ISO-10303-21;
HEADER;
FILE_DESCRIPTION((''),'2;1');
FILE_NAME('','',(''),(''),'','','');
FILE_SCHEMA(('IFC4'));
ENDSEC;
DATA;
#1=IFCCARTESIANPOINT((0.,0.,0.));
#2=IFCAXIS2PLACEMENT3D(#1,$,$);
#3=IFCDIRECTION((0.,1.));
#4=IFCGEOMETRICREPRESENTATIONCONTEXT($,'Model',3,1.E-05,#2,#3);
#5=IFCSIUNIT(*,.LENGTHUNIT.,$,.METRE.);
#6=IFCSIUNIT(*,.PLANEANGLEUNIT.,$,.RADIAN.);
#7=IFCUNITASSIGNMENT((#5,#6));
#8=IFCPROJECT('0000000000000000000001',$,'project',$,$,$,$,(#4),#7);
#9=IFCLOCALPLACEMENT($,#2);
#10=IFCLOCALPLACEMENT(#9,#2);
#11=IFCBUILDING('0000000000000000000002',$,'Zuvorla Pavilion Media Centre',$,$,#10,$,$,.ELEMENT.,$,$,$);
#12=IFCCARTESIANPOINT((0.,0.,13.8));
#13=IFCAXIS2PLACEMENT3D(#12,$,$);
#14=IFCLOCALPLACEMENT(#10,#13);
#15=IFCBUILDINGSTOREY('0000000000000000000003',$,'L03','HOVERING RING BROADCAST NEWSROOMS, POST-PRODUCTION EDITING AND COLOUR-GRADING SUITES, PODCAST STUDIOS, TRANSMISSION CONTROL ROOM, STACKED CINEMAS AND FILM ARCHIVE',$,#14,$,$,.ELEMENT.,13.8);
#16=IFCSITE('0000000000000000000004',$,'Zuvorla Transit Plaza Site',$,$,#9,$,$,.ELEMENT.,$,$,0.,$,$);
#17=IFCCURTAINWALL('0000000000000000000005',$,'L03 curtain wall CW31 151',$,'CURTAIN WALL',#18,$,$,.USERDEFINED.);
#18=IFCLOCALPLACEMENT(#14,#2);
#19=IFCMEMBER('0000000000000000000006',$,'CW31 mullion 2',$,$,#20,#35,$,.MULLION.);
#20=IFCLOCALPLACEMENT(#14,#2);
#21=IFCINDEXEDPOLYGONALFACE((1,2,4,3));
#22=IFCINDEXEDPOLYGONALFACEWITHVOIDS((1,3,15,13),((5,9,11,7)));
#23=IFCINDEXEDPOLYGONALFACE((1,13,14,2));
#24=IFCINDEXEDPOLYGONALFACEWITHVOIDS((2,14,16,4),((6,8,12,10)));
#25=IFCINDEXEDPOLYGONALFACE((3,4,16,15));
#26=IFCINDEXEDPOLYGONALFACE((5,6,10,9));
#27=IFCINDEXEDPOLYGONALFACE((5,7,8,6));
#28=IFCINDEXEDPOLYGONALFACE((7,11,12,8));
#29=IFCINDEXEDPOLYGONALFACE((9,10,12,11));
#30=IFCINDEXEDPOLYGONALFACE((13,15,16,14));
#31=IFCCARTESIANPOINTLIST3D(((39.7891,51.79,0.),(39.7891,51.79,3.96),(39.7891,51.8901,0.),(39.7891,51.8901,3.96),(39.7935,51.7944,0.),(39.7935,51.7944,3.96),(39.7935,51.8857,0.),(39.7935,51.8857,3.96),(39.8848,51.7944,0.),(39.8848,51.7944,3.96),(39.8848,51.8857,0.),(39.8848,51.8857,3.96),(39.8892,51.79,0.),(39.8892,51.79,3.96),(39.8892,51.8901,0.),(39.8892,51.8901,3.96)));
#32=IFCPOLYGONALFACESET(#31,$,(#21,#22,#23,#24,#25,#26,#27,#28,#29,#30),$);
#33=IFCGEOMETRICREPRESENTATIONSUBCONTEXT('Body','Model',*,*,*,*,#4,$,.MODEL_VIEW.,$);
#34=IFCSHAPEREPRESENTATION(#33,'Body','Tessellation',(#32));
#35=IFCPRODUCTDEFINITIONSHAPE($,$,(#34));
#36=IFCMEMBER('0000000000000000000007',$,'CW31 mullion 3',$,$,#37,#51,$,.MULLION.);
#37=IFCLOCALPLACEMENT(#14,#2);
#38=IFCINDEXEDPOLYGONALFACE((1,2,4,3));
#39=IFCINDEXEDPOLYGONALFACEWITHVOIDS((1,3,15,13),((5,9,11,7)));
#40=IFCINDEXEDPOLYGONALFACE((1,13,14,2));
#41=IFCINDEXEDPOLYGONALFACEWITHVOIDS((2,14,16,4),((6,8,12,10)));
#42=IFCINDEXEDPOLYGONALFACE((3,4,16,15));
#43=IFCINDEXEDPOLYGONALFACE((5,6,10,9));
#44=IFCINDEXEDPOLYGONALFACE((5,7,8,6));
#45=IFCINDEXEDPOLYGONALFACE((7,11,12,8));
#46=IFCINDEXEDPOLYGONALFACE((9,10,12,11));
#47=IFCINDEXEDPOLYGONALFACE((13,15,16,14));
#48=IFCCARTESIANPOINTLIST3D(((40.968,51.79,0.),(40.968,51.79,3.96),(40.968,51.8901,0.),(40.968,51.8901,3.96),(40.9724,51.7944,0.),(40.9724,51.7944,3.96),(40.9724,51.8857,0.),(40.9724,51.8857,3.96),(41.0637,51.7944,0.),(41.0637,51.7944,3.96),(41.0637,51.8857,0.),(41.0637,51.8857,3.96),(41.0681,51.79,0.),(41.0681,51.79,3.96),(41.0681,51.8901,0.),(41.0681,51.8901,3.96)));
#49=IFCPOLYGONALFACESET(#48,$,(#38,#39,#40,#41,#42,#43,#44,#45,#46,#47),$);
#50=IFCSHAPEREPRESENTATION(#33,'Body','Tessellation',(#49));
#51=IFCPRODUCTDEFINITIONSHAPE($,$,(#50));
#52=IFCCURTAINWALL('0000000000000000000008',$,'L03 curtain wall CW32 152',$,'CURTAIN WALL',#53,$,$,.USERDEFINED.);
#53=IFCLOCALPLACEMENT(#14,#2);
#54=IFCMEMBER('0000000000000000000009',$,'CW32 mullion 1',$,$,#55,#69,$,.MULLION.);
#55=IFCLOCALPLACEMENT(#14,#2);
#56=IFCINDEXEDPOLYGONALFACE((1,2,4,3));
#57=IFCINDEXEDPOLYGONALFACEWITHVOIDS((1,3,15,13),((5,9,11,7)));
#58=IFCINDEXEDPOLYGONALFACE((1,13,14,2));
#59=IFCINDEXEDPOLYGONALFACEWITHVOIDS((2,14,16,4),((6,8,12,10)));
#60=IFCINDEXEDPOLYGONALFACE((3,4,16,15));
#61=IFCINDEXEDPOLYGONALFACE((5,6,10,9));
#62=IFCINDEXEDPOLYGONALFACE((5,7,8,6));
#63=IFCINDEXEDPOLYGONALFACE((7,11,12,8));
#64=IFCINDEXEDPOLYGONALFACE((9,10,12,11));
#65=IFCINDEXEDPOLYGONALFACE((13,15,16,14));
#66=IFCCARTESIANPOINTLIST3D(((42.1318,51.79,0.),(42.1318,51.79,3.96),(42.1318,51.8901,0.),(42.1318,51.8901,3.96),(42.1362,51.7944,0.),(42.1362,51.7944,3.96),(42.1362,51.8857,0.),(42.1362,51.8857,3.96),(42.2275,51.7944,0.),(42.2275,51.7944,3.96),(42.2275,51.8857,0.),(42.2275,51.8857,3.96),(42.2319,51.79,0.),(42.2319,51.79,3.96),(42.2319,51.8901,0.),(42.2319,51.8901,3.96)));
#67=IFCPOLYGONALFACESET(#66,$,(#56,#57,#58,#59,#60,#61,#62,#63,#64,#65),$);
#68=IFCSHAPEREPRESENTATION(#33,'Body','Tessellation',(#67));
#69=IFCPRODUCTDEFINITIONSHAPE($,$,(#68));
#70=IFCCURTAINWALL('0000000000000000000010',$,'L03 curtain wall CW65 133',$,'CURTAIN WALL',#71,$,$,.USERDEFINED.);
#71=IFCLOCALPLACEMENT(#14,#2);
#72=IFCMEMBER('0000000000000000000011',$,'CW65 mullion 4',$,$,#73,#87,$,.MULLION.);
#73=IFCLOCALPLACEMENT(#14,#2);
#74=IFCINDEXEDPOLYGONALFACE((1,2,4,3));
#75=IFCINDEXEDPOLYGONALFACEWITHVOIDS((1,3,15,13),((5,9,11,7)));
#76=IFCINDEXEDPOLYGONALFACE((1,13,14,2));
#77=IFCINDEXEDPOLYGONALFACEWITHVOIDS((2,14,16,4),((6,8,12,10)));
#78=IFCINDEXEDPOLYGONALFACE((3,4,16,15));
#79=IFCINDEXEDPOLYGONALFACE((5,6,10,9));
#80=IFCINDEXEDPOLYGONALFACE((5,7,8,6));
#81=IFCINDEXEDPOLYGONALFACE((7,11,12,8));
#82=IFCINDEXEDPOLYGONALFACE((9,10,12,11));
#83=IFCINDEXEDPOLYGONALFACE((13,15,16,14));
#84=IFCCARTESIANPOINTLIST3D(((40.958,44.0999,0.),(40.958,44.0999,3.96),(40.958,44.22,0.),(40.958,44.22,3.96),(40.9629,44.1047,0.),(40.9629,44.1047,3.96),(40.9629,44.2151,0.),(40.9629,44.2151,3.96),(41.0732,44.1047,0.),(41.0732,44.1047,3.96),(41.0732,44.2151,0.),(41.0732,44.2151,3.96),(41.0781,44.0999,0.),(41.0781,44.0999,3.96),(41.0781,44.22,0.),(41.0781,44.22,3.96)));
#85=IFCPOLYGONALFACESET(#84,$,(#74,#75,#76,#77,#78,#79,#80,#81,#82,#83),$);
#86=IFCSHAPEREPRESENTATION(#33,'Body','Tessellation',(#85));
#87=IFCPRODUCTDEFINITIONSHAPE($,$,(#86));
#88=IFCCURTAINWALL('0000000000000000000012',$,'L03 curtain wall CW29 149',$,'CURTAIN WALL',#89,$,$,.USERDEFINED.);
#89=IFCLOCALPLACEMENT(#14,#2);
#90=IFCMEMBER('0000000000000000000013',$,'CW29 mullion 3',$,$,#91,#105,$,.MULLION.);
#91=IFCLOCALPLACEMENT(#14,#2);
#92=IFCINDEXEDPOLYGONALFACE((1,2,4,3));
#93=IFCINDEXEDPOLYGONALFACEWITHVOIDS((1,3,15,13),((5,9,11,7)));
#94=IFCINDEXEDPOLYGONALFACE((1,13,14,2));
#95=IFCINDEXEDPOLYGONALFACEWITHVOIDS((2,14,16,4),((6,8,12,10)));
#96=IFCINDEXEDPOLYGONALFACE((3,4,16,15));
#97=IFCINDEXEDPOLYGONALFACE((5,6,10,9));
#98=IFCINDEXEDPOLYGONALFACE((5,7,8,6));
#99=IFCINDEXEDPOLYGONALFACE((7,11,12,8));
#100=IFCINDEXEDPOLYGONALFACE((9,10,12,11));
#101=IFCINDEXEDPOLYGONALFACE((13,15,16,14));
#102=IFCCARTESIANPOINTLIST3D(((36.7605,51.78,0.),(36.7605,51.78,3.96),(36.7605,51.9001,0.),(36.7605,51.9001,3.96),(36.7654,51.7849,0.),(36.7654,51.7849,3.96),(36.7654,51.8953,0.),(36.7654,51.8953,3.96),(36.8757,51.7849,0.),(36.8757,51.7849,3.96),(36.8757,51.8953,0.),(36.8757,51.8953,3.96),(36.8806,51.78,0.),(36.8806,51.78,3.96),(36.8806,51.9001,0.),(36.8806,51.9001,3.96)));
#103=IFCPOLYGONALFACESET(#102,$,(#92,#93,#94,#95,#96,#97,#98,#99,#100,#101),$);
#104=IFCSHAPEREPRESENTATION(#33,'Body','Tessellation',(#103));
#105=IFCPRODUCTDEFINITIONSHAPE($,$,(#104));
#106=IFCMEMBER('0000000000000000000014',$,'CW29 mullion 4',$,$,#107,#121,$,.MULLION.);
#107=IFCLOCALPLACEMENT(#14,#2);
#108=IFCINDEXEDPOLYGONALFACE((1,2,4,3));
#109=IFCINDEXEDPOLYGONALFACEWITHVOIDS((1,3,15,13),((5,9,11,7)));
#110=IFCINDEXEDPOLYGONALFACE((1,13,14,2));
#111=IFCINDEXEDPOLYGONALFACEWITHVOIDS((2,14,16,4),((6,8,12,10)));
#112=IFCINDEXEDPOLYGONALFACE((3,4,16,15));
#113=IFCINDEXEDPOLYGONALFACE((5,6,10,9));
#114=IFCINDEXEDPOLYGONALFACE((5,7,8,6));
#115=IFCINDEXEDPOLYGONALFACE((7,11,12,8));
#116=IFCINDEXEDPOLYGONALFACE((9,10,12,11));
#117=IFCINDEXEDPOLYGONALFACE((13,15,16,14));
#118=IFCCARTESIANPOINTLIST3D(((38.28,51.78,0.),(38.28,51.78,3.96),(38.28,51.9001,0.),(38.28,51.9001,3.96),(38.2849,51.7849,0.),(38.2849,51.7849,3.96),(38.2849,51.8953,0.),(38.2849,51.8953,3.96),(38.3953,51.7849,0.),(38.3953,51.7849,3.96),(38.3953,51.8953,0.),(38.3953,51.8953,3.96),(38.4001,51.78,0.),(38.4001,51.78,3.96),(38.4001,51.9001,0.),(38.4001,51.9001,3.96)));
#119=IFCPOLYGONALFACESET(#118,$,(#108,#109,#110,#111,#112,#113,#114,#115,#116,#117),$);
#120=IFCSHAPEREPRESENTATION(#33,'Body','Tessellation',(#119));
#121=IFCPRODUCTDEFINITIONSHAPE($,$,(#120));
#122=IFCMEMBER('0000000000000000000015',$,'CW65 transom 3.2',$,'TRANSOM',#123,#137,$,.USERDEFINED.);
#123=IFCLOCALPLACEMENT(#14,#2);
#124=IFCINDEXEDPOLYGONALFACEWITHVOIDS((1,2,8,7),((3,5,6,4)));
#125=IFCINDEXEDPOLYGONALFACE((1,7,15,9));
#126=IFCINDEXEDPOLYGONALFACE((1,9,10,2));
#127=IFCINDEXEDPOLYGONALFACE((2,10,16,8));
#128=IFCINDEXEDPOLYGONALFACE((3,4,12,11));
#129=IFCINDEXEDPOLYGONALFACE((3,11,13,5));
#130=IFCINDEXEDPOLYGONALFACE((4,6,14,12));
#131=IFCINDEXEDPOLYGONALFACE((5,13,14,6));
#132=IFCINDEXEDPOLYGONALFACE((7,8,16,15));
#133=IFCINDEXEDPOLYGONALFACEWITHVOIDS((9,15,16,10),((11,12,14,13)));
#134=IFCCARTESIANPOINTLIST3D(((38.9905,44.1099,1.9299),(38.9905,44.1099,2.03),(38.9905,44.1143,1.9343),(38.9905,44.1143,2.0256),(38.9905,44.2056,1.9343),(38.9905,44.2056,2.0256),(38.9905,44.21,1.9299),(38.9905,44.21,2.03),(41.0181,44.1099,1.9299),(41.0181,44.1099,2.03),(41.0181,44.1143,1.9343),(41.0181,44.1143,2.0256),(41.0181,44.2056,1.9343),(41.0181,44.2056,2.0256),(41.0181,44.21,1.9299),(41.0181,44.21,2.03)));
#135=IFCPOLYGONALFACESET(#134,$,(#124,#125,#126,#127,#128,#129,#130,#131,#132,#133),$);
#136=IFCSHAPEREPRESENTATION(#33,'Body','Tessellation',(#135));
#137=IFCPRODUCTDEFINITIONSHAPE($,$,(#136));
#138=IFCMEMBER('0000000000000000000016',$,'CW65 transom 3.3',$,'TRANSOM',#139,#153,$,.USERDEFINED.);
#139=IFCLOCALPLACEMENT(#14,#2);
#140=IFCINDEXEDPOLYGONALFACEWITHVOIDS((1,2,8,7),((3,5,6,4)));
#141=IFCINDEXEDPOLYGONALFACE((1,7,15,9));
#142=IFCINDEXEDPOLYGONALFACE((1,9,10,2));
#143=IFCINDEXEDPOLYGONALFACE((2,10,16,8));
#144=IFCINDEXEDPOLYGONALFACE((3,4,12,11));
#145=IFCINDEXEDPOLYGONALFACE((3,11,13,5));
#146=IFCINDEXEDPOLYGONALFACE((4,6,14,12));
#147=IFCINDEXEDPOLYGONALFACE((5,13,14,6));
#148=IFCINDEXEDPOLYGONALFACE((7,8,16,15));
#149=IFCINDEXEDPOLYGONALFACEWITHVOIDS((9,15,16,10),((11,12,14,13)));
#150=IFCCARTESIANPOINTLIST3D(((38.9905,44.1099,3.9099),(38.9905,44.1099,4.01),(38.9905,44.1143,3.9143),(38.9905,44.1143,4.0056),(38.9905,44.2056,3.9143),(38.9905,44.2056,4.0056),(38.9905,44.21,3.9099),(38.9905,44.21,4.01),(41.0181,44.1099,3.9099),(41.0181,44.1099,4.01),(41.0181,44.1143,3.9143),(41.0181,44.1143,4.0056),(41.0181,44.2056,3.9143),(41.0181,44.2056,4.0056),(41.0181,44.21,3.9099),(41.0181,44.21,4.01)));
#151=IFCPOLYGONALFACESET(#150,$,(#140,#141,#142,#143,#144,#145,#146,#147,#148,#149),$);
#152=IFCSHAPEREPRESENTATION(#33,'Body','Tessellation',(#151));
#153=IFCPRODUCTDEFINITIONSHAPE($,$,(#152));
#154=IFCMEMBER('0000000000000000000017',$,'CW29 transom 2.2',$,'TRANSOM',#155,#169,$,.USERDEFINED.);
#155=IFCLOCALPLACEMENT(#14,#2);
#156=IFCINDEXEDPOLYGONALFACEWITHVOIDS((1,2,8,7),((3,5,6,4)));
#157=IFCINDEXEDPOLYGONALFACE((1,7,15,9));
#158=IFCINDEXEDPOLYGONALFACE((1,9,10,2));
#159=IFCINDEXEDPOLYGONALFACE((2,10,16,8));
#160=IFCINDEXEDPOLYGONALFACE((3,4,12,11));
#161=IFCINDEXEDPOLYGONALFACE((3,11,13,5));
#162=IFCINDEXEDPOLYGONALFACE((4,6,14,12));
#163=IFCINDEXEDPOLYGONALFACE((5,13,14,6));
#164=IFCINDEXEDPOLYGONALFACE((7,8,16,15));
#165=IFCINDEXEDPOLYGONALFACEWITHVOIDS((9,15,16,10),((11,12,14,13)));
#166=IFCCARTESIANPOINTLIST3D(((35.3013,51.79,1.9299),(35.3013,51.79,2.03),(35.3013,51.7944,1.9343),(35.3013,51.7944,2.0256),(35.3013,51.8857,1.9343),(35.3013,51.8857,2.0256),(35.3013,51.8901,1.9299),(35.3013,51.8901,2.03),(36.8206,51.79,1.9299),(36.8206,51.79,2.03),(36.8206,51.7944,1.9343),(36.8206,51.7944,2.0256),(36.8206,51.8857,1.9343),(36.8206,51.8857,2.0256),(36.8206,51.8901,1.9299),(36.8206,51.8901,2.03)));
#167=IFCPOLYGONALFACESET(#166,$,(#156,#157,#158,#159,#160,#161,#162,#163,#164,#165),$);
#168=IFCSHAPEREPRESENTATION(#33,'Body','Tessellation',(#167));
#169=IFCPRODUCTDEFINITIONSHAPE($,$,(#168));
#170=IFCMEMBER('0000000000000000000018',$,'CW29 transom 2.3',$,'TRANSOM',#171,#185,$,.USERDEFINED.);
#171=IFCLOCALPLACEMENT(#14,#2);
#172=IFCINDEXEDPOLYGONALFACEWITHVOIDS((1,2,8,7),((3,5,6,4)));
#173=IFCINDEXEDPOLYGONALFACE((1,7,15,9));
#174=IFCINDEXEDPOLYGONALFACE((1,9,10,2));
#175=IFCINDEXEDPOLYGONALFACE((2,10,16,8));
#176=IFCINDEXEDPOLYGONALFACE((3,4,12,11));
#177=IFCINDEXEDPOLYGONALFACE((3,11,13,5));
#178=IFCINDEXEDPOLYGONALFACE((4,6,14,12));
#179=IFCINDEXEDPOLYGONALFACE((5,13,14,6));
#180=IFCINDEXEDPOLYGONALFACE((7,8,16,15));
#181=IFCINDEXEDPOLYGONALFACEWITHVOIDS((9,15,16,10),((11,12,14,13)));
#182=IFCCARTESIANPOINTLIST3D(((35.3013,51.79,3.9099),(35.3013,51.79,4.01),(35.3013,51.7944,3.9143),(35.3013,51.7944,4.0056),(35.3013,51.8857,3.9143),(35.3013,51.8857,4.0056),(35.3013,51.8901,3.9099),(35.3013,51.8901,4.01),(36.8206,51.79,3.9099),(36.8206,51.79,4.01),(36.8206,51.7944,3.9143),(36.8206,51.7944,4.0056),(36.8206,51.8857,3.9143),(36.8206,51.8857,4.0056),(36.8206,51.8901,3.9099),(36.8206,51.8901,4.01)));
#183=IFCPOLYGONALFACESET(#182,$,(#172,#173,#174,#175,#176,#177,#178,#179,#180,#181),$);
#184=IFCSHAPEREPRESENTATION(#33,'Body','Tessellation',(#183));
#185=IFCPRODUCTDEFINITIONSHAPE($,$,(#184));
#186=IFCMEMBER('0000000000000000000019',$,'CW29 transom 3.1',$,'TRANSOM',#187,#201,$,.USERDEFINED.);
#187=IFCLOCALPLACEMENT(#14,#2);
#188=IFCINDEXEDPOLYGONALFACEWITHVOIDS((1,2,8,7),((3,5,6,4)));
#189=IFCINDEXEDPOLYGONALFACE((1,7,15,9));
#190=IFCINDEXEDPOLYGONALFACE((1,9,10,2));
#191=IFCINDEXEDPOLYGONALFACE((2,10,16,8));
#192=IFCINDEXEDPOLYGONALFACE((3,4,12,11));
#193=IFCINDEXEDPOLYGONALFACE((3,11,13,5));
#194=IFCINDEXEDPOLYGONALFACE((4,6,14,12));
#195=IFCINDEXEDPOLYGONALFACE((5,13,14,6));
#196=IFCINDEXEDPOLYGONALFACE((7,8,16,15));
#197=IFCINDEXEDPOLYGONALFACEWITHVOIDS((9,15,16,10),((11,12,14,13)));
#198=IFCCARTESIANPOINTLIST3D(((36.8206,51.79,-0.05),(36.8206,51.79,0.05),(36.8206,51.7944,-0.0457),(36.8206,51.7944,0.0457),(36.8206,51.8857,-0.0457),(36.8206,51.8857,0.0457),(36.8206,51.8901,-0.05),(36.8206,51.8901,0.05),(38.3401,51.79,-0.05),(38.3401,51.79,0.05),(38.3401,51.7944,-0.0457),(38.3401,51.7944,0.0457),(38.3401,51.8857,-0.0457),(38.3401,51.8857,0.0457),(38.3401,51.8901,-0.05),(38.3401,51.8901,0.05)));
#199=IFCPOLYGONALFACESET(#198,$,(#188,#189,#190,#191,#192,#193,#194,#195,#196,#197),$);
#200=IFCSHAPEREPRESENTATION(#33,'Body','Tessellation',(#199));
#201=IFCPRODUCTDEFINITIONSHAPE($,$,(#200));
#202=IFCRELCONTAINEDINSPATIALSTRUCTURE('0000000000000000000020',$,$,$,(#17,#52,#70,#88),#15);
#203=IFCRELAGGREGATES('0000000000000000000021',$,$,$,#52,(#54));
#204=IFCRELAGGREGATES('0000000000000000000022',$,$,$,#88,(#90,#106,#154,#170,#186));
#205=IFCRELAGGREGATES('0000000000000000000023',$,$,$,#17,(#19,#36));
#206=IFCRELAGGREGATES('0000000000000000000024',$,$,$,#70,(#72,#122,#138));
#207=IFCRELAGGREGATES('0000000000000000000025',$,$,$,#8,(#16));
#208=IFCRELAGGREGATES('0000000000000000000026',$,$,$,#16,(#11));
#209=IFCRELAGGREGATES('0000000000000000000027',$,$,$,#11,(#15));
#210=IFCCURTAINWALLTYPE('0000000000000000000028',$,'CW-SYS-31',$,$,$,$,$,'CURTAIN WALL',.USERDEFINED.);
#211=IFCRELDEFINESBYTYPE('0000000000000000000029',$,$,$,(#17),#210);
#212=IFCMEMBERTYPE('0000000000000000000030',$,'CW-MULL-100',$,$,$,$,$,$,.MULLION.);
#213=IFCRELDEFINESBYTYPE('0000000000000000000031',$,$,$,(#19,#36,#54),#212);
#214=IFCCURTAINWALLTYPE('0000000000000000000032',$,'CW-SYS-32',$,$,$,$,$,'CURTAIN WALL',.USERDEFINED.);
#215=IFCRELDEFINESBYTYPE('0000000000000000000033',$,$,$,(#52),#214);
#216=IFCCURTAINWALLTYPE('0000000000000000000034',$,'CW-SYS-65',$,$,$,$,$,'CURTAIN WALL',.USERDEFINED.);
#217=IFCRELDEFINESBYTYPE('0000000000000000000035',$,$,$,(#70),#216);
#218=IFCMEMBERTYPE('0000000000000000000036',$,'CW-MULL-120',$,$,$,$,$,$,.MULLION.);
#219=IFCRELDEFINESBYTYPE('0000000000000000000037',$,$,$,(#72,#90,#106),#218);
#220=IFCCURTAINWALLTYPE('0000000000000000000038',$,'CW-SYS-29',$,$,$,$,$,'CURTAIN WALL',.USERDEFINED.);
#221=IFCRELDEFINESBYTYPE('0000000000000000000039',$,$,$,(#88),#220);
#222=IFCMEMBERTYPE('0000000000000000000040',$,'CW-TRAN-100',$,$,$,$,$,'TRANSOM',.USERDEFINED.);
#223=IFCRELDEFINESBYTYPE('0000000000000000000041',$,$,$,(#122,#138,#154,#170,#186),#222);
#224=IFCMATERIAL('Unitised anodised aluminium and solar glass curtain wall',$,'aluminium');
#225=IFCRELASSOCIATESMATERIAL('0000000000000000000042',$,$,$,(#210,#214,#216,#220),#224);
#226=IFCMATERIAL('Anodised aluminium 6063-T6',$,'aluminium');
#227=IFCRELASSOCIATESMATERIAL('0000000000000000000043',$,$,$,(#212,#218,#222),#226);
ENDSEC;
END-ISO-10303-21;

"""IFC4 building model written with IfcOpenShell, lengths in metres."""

from ifc_helpers import new_model, si_unit, direction, frame, origin, origin_2d, place, context, subcontext, project, spatial, hollow_rectangle, extrude, material, material_profile, profile_set, type_object, element, aggregate, save


model = new_model("IFC4")

# Units and contexts
model_context = context("Model", 3, precision=1e-05, world=origin(), true_north=direction((0.0, 1.0)))
body_context = subcontext(model_context, "Body", "Model", "MODEL_VIEW")
ifc_project = project(units=[si_unit("LENGTHUNIT", "METRE"), si_unit("PLANEANGLEUNIT", "RADIAN")], contexts=[model_context])

# Site, building, storey
site_placement = place(None, origin())
site = spatial("IfcSite", under=ifc_project, at=site_placement, Name="Zuvorla Transit Plaza Site", CompositionType="ELEMENT", RefElevation=0.0)
building_placement = place(site_placement, origin())
building = spatial("IfcBuilding", under=site, at=building_placement, Name="Zuvorla Pavilion Media Centre", CompositionType="ELEMENT")
storey_placement = place(building_placement, frame((0.0, 0.0, 13.8)))
storey = spatial("IfcBuildingStorey", under=building, at=storey_placement, Name="L03", Description="HOVERING RING BROADCAST NEWSROOMS, POST-PRODUCTION EDITING AND COLOUR-GRADING SUITES, PODCAST STUDIOS, TRANSMISSION CONTROL ROOM, STACKED CINEMAS AND FILM ARCHIVE", CompositionType="ELEMENT", Elevation=13.8)

# Curtain wall, members
ifc_material_1 = material(Name="Unitised anodised aluminium and solar glass curtain wall", Category="aluminium")
curtain_wall_type_1 = type_object("IfcCurtainWallType", Name="CW-SYS-31", ElementType="CURTAIN WALL", PredefinedType="USERDEFINED", material=ifc_material_1)
curtain_wall_1_placement = place(storey_placement, origin())
curtain_wall_1 = element("IfcCurtainWall", 1, at=curtain_wall_1_placement, inside=storey, type_object=curtain_wall_type_1, Name="L03 curtain wall CW31 151", ObjectType="CURTAIN WALL", PredefinedType="USERDEFINED")
ifc_material_2 = material(Name="Anodised aluminium 6063-T6", Category="aluminium")
ifc_material_profile_1 = material_profile(ifc_material_2, hollow_rectangle(XDim=0.1001, YDim=0.1001, WallThickness=0.0044, at=origin_2d()), Name="ALU MULL 100x100")
ifc_profile_set_1 = profile_set([ifc_material_profile_1], Name="Anodised aluminium 6063-T6")
member_type_1 = type_object("IfcMemberType", Name="CW-MULL-100", PredefinedType="MULLION", material=ifc_profile_set_1)
member_1_placement = place(storey_placement, frame((39.8391, 51.8401, 0.0), z_axis=(0.0, 0.0, 1.0), x_axis=(1.0, 0.0, 0.0)))
member_1 = element("IfcMember", 2, at=member_1_placement, type_object=member_type_1, Name="CW31 mullion 2", PredefinedType="MULLION", context=body_context, shape_type="SweptSolid", body=[
    extrude(hollow_rectangle(XDim=0.1001, YDim=0.1001, WallThickness=0.0044, at=origin_2d()), origin(), (0.0, 0.0, 1.0), 3.96),
])
member_2_placement = place(storey_placement, frame((41.0181, 51.8401, 0.0), z_axis=(0.0, 0.0, 1.0), x_axis=(1.0, 0.0, 0.0)))
member_2 = element("IfcMember", 3, at=member_2_placement, type_object=member_type_1, Name="CW31 mullion 3", PredefinedType="MULLION", context=body_context, shape_type="SweptSolid", body=[
    extrude(hollow_rectangle(XDim=0.1001, YDim=0.1001, WallThickness=0.0044, at=origin_2d()), origin(), (0.0, 0.0, 1.0), 3.96),
])

# Curtain walls, members
curtain_wall_type_2 = type_object("IfcCurtainWallType", Name="CW-SYS-32", ElementType="CURTAIN WALL", PredefinedType="USERDEFINED", material=ifc_material_1)
curtain_wall_2_placement = place(storey_placement, origin())
curtain_wall_2 = element("IfcCurtainWall", 4, at=curtain_wall_2_placement, inside=storey, type_object=curtain_wall_type_2, Name="L03 curtain wall CW32 152", ObjectType="CURTAIN WALL", PredefinedType="USERDEFINED")
member_3_placement = place(storey_placement, frame((42.1819, 51.8401, 0.0), z_axis=(0.0, 0.0, 1.0), x_axis=(1.0, 0.0, 0.0)))
member_3 = element("IfcMember", 5, at=member_3_placement, type_object=member_type_1, Name="CW32 mullion 1", PredefinedType="MULLION", context=body_context, shape_type="SweptSolid", body=[
    extrude(hollow_rectangle(XDim=0.1001, YDim=0.1001, WallThickness=0.0044, at=origin_2d()), origin(), (0.0, 0.0, 1.0), 3.96),
])
curtain_wall_type_3 = type_object("IfcCurtainWallType", Name="CW-SYS-65", ElementType="CURTAIN WALL", PredefinedType="USERDEFINED", material=ifc_material_1)
curtain_wall_3_placement = place(storey_placement, origin())
curtain_wall_3 = element("IfcCurtainWall", 6, at=curtain_wall_3_placement, inside=storey, type_object=curtain_wall_type_3, Name="L03 curtain wall CW65 133", ObjectType="CURTAIN WALL", PredefinedType="USERDEFINED")
ifc_material_profile_2 = material_profile(ifc_material_2, hollow_rectangle(XDim=0.1201, YDim=0.1201, WallThickness=0.0049, at=origin_2d()), Name="ALU MULL 120x120")
ifc_profile_set_2 = profile_set([ifc_material_profile_2], Name="Anodised aluminium 6063-T6")
member_type_2 = type_object("IfcMemberType", Name="CW-MULL-120", PredefinedType="MULLION", material=ifc_profile_set_2)
member_4_placement = place(storey_placement, frame((41.0181, 44.1599, 0.0), z_axis=(0.0, 0.0, 1.0), x_axis=(1.0, 0.0, 0.0)))
member_4 = element("IfcMember", 7, at=member_4_placement, type_object=member_type_2, Name="CW65 mullion 4", PredefinedType="MULLION", context=body_context, shape_type="SweptSolid", body=[
    extrude(hollow_rectangle(XDim=0.1201, YDim=0.1201, WallThickness=0.0049, at=origin_2d()), origin(), (0.0, 0.0, 1.0), 3.96),
])

# Curtain wall, members
curtain_wall_type_4 = type_object("IfcCurtainWallType", Name="CW-SYS-29", ElementType="CURTAIN WALL", PredefinedType="USERDEFINED", material=ifc_material_1)
curtain_wall_4_placement = place(storey_placement, origin())
curtain_wall_4 = element("IfcCurtainWall", 8, at=curtain_wall_4_placement, inside=storey, type_object=curtain_wall_type_4, Name="L03 curtain wall CW29 149", ObjectType="CURTAIN WALL", PredefinedType="USERDEFINED")
member_5_placement = place(storey_placement, frame((36.8206, 51.8401, 0.0), z_axis=(0.0, 0.0, 1.0), x_axis=(1.0, 0.0, 0.0)))
member_5 = element("IfcMember", 9, at=member_5_placement, type_object=member_type_2, Name="CW29 mullion 3", PredefinedType="MULLION", context=body_context, shape_type="SweptSolid", body=[
    extrude(hollow_rectangle(XDim=0.1201, YDim=0.1201, WallThickness=0.0049, at=origin_2d()), origin(), (0.0, 0.0, 1.0), 3.96),
])
member_6_placement = place(storey_placement, frame((38.3401, 51.8401, 0.0), z_axis=(0.0, 0.0, 1.0), x_axis=(1.0, 0.0, 0.0)))
member_6 = element("IfcMember", 10, at=member_6_placement, type_object=member_type_2, Name="CW29 mullion 4", PredefinedType="MULLION", context=body_context, shape_type="SweptSolid", body=[
    extrude(hollow_rectangle(XDim=0.1201, YDim=0.1201, WallThickness=0.0049, at=origin_2d()), origin(), (0.0, 0.0, 1.0), 3.96),
])

# Members
ifc_material_profile_3 = material_profile(ifc_material_2, hollow_rectangle(XDim=0.1001, YDim=0.1001, WallThickness=0.0044, at=origin_2d()), Name="ALU TRAN 100x100")
ifc_profile_set_3 = profile_set([ifc_material_profile_3], Name="Anodised aluminium 6063-T6")
member_type_3 = type_object("IfcMemberType", Name="CW-TRAN-100", ElementType="TRANSOM", PredefinedType="USERDEFINED", material=ifc_profile_set_3)
member_7_placement = place(storey_placement, frame((38.9905, 44.1599, 1.98), z_axis=(1.0, 0.0, 0.0), x_axis=(0.0, 1.0, 0.0)))
member_7 = element("IfcMember", 11, at=member_7_placement, type_object=member_type_3, Name="CW65 transom 3.2", ObjectType="TRANSOM", PredefinedType="USERDEFINED", context=body_context, shape_type="SweptSolid", body=[
    extrude(hollow_rectangle(XDim=0.1001, YDim=0.1001, WallThickness=0.0044, at=origin_2d()), origin(), (0.0, 0.0, 1.0), 2.0276),
])
member_8_placement = place(storey_placement, frame((38.9905, 44.1599, 3.96), z_axis=(1.0, 0.0, 0.0), x_axis=(0.0, 1.0, 0.0)))
member_8 = element("IfcMember", 12, at=member_8_placement, type_object=member_type_3, Name="CW65 transom 3.3", ObjectType="TRANSOM", PredefinedType="USERDEFINED", context=body_context, shape_type="SweptSolid", body=[
    extrude(hollow_rectangle(XDim=0.1001, YDim=0.1001, WallThickness=0.0044, at=origin_2d()), origin(), (0.0, 0.0, 1.0), 2.0276),
])
member_9_placement = place(storey_placement, frame((35.3013, 51.8401, 1.98), z_axis=(1.0, 0.0, 0.0), x_axis=(0.0, 1.0, 0.0)))
member_9 = element("IfcMember", 13, at=member_9_placement, type_object=member_type_3, Name="CW29 transom 2.2", ObjectType="TRANSOM", PredefinedType="USERDEFINED", context=body_context, shape_type="SweptSolid", body=[
    extrude(hollow_rectangle(XDim=0.1001, YDim=0.1001, WallThickness=0.0044, at=origin_2d()), origin(), (0.0, 0.0, 1.0), 1.5193),
])
member_10_placement = place(storey_placement, frame((35.3013, 51.8401, 3.96), z_axis=(1.0, 0.0, 0.0), x_axis=(0.0, 1.0, 0.0)))
member_10 = element("IfcMember", 14, at=member_10_placement, type_object=member_type_3, Name="CW29 transom 2.3", ObjectType="TRANSOM", PredefinedType="USERDEFINED", context=body_context, shape_type="SweptSolid", body=[
    extrude(hollow_rectangle(XDim=0.1001, YDim=0.1001, WallThickness=0.0044, at=origin_2d()), origin(), (0.0, 0.0, 1.0), 1.5193),
])
member_11_placement = place(storey_placement, frame((36.8206, 51.8401, 0.0), z_axis=(1.0, 0.0, 0.0), x_axis=(0.0, 1.0, 0.0)))
member_11 = element("IfcMember", 15, at=member_11_placement, type_object=member_type_3, Name="CW29 transom 3.1", ObjectType="TRANSOM", PredefinedType="USERDEFINED", context=body_context, shape_type="SweptSolid", body=[
    extrude(hollow_rectangle(XDim=0.1001, YDim=0.1001, WallThickness=0.0044, at=origin_2d()), origin(), (0.0, 0.0, 1.0), 1.5195),
])
aggregate(curtain_wall_2, [member_3])

aggregate(curtain_wall_4, [member_5, member_6, member_9, member_10, member_11])
aggregate(curtain_wall_1, [member_1, member_2])
aggregate(curtain_wall_3, [member_4, member_7, member_8])

save(model, "model.ifc")
